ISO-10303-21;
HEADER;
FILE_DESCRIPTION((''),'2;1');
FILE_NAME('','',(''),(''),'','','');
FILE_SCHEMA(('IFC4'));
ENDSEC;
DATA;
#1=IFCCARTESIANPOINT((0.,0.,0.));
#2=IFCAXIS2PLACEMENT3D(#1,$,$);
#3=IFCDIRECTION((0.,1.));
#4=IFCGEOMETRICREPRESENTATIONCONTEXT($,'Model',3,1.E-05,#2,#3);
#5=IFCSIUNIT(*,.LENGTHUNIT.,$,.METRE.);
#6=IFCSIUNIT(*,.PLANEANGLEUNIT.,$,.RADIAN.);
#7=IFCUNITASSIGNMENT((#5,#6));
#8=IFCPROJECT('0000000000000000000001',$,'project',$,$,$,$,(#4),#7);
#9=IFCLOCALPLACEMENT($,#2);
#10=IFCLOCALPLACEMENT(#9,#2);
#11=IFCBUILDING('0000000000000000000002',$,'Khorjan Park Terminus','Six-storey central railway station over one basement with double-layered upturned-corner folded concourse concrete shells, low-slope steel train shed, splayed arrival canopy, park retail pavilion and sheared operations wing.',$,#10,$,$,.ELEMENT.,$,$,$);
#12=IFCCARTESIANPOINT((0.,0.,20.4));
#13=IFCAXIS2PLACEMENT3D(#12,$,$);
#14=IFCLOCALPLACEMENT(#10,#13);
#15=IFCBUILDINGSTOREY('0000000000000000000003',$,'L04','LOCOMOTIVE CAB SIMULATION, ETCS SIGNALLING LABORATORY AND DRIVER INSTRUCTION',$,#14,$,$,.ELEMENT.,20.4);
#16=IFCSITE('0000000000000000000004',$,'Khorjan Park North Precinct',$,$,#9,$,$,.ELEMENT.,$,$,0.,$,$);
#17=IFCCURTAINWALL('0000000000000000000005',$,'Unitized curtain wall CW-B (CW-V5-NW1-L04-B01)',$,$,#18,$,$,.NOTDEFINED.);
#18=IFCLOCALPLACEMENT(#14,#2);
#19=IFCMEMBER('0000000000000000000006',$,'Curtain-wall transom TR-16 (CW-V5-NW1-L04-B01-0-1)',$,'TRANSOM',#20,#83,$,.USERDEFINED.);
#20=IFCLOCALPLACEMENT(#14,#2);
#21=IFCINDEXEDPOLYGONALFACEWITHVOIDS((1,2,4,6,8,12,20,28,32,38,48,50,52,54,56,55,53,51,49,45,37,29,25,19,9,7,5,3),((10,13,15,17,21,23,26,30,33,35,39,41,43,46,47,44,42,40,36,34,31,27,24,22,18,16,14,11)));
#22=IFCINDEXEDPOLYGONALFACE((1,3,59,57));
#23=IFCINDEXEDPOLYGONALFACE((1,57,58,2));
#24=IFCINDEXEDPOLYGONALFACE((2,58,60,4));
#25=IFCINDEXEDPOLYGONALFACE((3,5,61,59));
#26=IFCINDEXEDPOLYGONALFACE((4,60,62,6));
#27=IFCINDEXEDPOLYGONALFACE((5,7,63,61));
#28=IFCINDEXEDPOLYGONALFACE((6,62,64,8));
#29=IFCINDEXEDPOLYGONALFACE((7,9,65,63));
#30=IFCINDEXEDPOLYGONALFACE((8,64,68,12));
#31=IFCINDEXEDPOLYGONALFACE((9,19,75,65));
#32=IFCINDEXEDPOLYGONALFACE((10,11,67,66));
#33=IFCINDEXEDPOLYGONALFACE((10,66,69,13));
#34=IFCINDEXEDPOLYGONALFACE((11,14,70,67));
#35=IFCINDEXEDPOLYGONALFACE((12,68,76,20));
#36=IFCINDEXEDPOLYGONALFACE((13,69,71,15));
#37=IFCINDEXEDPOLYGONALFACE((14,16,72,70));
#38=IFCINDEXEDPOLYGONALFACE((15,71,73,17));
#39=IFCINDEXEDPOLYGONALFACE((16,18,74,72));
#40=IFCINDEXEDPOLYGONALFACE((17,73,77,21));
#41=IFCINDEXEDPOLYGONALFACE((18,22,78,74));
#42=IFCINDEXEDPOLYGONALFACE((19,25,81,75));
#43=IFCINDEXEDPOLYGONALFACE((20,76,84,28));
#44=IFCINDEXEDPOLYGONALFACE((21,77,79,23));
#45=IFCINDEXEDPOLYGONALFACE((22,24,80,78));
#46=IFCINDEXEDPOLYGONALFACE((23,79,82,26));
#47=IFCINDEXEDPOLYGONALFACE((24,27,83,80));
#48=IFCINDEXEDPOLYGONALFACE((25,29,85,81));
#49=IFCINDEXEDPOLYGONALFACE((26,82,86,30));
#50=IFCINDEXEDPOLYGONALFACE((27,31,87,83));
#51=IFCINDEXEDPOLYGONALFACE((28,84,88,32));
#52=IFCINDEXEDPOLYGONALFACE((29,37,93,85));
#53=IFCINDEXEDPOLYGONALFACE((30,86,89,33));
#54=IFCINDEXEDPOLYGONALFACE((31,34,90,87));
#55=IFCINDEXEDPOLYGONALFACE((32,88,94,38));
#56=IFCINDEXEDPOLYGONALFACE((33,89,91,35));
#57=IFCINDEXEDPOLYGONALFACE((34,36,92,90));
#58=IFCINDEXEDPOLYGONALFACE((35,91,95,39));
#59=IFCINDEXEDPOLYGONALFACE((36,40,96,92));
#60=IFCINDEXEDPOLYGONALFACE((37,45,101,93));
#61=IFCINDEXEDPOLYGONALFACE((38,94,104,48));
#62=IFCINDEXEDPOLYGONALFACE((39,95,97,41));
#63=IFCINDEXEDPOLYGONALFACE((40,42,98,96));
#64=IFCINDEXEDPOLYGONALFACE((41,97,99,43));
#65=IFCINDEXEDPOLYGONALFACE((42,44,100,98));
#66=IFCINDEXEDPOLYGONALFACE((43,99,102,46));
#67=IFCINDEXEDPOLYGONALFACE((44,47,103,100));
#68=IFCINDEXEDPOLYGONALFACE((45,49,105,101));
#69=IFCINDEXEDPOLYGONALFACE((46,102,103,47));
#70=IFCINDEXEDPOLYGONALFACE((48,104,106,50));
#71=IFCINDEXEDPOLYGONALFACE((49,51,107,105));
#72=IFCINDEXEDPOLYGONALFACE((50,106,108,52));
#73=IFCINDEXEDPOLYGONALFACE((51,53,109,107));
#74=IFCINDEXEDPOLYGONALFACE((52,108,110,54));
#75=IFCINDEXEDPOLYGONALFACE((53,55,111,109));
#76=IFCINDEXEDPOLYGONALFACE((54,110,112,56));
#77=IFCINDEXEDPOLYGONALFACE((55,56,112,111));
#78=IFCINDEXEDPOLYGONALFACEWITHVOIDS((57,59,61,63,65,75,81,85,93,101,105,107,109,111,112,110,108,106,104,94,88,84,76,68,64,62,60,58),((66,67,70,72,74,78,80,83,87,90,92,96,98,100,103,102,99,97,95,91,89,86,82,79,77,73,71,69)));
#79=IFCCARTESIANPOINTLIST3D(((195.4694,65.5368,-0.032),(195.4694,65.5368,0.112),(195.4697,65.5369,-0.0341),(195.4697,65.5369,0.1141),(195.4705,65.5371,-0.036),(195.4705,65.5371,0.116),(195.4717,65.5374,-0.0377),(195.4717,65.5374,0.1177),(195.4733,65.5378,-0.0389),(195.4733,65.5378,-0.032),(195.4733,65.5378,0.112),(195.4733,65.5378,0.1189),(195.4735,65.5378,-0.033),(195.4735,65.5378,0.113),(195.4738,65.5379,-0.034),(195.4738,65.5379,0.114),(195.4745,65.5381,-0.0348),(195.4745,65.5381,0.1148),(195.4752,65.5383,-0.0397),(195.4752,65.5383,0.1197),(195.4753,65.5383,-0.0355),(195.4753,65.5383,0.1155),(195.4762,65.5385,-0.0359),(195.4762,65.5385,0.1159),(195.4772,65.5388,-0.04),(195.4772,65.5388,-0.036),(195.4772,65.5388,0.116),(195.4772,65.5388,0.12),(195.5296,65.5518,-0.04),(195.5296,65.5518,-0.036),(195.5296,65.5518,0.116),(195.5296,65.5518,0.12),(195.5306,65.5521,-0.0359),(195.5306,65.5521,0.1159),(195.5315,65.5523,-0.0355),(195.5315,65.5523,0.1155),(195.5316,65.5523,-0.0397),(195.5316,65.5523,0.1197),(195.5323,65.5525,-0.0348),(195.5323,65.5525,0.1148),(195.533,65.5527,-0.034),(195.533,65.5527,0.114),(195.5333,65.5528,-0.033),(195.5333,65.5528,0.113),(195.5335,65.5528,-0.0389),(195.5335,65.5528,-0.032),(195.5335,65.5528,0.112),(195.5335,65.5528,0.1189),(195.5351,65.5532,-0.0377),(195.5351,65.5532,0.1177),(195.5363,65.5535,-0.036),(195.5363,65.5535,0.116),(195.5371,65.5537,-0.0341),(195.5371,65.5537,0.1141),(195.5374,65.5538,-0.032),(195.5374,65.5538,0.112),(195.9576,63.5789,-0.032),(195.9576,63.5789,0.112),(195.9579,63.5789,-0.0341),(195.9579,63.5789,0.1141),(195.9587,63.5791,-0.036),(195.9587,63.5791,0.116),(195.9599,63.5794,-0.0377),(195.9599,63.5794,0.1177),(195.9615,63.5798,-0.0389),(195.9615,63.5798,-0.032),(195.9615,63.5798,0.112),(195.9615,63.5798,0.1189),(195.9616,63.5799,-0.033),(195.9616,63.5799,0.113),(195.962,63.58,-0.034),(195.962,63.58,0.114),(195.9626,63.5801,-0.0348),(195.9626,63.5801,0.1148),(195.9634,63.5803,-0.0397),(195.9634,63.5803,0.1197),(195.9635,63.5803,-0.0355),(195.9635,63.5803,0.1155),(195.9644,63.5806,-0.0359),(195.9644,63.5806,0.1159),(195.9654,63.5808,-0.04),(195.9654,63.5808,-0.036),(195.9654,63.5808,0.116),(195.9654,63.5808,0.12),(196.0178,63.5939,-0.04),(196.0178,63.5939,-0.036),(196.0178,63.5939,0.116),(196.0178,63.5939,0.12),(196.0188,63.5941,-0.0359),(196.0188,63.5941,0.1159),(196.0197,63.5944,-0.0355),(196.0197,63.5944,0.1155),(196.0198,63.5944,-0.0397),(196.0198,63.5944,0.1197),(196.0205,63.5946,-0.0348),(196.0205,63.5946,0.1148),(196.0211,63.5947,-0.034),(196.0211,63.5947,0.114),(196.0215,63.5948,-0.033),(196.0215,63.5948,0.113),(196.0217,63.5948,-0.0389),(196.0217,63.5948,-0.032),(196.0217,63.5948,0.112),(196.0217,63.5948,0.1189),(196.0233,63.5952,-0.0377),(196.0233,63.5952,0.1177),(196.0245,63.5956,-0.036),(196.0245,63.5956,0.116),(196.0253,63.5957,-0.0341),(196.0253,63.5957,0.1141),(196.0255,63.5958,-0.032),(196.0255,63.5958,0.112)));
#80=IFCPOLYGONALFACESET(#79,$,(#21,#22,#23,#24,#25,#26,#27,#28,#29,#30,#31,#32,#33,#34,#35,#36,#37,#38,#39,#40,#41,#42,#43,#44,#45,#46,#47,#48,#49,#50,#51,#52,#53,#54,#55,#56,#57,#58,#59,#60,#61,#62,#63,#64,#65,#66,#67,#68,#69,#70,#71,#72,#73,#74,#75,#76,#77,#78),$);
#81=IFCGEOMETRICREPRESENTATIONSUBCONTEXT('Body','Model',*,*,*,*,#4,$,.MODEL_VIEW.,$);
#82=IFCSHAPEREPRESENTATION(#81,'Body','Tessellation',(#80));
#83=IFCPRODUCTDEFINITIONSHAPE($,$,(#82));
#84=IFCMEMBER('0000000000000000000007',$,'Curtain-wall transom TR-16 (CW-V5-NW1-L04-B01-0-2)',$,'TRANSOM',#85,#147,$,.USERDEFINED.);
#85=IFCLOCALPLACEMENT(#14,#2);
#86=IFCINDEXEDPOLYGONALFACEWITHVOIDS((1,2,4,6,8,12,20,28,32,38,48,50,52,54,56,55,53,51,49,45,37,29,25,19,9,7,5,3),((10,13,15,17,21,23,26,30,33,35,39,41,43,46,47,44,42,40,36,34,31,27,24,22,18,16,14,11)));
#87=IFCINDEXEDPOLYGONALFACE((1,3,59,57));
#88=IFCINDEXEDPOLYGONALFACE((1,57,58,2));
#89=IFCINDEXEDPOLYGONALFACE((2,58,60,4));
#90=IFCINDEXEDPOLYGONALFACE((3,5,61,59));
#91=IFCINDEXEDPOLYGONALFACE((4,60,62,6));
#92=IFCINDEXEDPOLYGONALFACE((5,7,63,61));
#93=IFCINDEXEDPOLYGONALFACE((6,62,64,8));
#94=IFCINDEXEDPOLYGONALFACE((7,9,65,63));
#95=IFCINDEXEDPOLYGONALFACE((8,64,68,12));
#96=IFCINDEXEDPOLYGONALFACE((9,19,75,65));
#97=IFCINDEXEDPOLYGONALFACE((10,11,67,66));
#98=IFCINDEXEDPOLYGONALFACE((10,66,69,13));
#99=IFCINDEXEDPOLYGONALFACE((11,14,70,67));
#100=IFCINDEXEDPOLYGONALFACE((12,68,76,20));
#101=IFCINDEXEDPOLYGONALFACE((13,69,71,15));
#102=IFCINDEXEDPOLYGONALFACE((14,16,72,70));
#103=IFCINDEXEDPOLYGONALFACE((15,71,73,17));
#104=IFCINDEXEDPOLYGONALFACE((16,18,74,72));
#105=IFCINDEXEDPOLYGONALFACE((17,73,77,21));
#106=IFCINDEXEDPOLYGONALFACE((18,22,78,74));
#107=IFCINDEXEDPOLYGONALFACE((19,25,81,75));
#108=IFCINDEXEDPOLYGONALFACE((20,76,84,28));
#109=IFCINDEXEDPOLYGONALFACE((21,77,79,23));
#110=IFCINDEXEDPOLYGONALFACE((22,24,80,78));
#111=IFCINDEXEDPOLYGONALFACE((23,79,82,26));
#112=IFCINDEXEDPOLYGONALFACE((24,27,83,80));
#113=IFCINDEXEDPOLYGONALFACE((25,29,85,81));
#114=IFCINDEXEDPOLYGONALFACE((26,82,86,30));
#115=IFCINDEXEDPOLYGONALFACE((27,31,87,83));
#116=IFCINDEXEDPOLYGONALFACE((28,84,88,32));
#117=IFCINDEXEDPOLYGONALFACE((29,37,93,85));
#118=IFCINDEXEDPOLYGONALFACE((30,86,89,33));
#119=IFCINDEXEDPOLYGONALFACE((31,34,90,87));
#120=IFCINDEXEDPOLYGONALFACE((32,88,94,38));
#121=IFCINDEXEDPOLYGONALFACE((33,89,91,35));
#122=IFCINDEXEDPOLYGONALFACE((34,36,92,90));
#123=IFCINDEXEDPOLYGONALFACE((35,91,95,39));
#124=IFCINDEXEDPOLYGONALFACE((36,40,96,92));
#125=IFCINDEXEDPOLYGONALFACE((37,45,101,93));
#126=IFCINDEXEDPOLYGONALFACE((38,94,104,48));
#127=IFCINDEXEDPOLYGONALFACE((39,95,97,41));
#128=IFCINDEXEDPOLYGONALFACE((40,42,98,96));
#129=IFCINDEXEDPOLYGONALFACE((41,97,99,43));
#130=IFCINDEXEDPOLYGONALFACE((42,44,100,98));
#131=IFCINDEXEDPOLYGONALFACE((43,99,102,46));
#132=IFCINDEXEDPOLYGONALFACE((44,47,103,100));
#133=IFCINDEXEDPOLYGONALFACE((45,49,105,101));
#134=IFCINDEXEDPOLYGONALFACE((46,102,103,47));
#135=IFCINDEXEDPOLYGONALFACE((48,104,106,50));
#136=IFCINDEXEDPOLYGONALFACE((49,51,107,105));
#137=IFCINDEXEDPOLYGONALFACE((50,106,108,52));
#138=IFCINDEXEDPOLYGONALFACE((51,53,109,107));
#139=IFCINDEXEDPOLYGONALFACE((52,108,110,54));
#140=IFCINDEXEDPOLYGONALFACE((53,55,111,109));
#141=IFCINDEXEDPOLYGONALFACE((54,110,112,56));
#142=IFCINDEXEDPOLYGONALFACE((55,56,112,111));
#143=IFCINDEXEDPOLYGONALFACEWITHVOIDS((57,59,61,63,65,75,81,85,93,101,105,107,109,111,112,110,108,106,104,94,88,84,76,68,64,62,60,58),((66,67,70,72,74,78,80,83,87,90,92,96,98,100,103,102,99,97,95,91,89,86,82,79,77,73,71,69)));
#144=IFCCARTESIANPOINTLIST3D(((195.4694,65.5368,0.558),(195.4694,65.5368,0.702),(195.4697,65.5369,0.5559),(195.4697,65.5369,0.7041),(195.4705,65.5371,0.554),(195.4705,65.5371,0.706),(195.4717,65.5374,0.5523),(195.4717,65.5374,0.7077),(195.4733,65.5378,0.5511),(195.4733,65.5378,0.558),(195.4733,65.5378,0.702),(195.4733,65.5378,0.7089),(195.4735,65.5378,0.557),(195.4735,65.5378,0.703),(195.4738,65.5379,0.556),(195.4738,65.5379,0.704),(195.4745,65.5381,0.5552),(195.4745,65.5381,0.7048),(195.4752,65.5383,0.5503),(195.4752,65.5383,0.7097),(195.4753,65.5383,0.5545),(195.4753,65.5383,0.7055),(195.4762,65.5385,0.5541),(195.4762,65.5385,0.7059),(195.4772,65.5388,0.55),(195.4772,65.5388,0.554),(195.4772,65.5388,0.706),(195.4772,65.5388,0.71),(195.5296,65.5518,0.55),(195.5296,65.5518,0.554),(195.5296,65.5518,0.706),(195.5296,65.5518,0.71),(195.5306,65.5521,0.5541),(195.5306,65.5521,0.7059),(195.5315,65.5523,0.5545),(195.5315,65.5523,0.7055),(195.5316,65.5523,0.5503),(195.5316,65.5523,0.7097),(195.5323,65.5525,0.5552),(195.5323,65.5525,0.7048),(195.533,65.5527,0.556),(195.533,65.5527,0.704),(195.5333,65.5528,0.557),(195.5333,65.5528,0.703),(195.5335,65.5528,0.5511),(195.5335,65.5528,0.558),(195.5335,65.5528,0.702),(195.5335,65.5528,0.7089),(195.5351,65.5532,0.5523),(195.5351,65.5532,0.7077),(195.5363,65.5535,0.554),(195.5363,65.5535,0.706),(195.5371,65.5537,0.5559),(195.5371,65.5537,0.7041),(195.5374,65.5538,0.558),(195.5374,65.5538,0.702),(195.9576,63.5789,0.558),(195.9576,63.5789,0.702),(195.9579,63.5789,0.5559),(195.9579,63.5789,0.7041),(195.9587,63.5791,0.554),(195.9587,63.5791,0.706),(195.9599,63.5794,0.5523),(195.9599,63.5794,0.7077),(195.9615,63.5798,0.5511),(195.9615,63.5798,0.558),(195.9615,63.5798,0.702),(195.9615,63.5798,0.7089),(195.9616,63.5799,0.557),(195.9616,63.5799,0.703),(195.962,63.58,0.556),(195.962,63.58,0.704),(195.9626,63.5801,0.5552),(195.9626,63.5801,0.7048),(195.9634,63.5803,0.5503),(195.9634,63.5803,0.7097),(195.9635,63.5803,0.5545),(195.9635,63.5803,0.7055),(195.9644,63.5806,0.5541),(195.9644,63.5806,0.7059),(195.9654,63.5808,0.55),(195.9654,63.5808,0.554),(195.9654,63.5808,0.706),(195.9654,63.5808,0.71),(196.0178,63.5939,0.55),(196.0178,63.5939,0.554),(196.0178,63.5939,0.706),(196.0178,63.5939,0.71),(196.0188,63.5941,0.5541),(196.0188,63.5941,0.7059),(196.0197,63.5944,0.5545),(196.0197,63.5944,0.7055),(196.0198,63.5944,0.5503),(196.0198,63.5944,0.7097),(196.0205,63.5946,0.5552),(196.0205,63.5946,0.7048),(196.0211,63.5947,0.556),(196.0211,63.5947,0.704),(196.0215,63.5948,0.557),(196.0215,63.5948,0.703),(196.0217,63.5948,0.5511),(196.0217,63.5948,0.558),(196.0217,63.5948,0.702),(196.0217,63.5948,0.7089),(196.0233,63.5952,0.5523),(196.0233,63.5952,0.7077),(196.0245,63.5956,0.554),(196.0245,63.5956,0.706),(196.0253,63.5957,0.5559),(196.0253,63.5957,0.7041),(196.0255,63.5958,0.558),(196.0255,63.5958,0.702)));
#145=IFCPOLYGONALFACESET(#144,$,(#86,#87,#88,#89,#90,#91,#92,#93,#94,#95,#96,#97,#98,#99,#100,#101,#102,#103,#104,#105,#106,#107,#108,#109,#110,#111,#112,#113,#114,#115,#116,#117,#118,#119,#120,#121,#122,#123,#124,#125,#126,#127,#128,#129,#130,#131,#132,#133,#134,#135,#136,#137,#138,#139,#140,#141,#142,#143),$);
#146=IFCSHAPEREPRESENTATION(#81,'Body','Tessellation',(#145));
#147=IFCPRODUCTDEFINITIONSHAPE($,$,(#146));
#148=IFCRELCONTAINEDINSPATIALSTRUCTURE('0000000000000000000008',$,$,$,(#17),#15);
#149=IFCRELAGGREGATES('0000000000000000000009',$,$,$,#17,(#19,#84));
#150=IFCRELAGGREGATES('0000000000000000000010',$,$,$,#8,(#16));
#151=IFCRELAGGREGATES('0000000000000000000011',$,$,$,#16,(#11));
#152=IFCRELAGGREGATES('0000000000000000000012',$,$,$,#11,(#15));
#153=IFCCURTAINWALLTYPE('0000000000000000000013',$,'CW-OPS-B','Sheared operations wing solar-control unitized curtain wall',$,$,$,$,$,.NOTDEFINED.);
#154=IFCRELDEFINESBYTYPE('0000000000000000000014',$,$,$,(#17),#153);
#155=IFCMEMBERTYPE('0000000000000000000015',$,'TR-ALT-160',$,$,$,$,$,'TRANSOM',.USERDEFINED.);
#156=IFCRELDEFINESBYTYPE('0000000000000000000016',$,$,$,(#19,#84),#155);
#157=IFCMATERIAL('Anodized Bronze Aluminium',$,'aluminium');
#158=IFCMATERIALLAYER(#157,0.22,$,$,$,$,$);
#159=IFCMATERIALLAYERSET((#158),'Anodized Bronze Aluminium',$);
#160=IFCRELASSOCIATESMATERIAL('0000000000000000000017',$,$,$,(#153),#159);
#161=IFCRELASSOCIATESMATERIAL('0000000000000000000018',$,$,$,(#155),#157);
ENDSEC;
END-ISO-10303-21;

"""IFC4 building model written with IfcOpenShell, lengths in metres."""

from ifc_helpers import new_model, si_unit, direction, frame, origin, origin_2d, place, context, subcontext, project, spatial, hollow_rectangle, extrude, material, layer, layer_set, material_profile, profile_set, type_object, element, aggregate, save


model = new_model("IFC4")

# Units and contexts
model_context = context("Model", 3, precision=1e-05, world=origin(), true_north=direction((0.0, 1.0)))
body_context = subcontext(model_context, "Body", "Model", "MODEL_VIEW")
ifc_project = project(units=[si_unit("LENGTHUNIT", "METRE"), si_unit("PLANEANGLEUNIT", "RADIAN")], contexts=[model_context])

# Site, building, storey
site_placement = place(None, origin())
site = spatial("IfcSite", under=ifc_project, at=site_placement, Name="Khorjan Park North Precinct", CompositionType="ELEMENT", RefElevation=0.0)
building_placement = place(site_placement, origin())
building = spatial("IfcBuilding", under=site, at=building_placement, Name="Khorjan Park Terminus", Description="Six-storey central railway station over one basement with double-layered upturned-corner folded concourse concrete shells, low-slope steel train shed, splayed arrival canopy, park retail pavilion and sheared operations wing.", CompositionType="ELEMENT")
storey_placement = place(building_placement, frame((0.0, 0.0, 20.4)))
storey = spatial("IfcBuildingStorey", under=building, at=storey_placement, Name="L04", Description="LOCOMOTIVE CAB SIMULATION, ETCS SIGNALLING LABORATORY AND DRIVER INSTRUCTION", CompositionType="ELEMENT", Elevation=20.4)

# Curtain wall, members
ifc_material_1 = material(Name="Anodized Bronze Aluminium", Category="aluminium")
ifc_layer_1 = layer(ifc_material_1, 0.22)
ifc_layer_set_1 = layer_set([ifc_layer_1], Name="Anodized Bronze Aluminium")
curtain_wall_type = type_object("IfcCurtainWallType", Name="CW-OPS-B", Description="Sheared operations wing solar-control unitized curtain wall", PredefinedType="NOTDEFINED", material=ifc_layer_set_1)
curtain_wall_placement = place(storey_placement, origin())
curtain_wall = element("IfcCurtainWall", 1, at=curtain_wall_placement, inside=storey, type_object=curtain_wall_type, Name="Unitized curtain wall CW-B (CW-V5-NW1-L04-B01)", PredefinedType="NOTDEFINED")
ifc_material_profile_1 = material_profile(ifc_material_1, hollow_rectangle(XDim=0.07, YDim=0.16, WallThickness=0.004, InnerFilletRadius=0.004, OuterFilletRadius=0.008, at=origin_2d()), Name="ALT 70x160x4")
ifc_profile_set_1 = profile_set([ifc_material_profile_1], Name="Anodized Bronze Aluminium")
member_type_1 = type_object("IfcMemberType", Name="TR-ALT-160", ElementType="TRANSOM", PredefinedType="USERDEFINED", material=ifc_profile_set_1)
member_1_placement = place(storey_placement, frame((195.5034, 65.5453, 0.04), z_axis=(0.241929, -0.970294, 0.0), x_axis=(0.970294, 0.241929, 0.0)))
member_1 = element("IfcMember", 2, at=member_1_placement, type_object=member_type_1, Name="Curtain-wall transom TR-16 (CW-V5-NW1-L04-B01-0-1)", ObjectType="TRANSOM", PredefinedType="USERDEFINED", context=body_context, shape_type="SweptSolid", body=[
    extrude(hollow_rectangle(XDim=0.07, YDim=0.16, WallThickness=0.004, InnerFilletRadius=0.004, OuterFilletRadius=0.008, at=origin_2d()), origin(), (0.0, 0.0, 1.0), 2.0179),
])
member_2_placement = place(storey_placement, frame((195.5034, 65.5453, 0.63), z_axis=(0.241929, -0.970294, 0.0), x_axis=(0.970294, 0.241929, 0.0)))
member_2 = element("IfcMember", 3, at=member_2_placement, type_object=member_type_1, Name="Curtain-wall transom TR-16 (CW-V5-NW1-L04-B01-0-2)", ObjectType="TRANSOM", PredefinedType="USERDEFINED", context=body_context, shape_type="SweptSolid", body=[
    extrude(hollow_rectangle(XDim=0.07, YDim=0.16, WallThickness=0.004, InnerFilletRadius=0.004, OuterFilletRadius=0.008, at=origin_2d()), origin(), (0.0, 0.0, 1.0), 2.0179),
])
aggregate(curtain_wall, [member_1, member_2])

save(model, "model.ifc")
